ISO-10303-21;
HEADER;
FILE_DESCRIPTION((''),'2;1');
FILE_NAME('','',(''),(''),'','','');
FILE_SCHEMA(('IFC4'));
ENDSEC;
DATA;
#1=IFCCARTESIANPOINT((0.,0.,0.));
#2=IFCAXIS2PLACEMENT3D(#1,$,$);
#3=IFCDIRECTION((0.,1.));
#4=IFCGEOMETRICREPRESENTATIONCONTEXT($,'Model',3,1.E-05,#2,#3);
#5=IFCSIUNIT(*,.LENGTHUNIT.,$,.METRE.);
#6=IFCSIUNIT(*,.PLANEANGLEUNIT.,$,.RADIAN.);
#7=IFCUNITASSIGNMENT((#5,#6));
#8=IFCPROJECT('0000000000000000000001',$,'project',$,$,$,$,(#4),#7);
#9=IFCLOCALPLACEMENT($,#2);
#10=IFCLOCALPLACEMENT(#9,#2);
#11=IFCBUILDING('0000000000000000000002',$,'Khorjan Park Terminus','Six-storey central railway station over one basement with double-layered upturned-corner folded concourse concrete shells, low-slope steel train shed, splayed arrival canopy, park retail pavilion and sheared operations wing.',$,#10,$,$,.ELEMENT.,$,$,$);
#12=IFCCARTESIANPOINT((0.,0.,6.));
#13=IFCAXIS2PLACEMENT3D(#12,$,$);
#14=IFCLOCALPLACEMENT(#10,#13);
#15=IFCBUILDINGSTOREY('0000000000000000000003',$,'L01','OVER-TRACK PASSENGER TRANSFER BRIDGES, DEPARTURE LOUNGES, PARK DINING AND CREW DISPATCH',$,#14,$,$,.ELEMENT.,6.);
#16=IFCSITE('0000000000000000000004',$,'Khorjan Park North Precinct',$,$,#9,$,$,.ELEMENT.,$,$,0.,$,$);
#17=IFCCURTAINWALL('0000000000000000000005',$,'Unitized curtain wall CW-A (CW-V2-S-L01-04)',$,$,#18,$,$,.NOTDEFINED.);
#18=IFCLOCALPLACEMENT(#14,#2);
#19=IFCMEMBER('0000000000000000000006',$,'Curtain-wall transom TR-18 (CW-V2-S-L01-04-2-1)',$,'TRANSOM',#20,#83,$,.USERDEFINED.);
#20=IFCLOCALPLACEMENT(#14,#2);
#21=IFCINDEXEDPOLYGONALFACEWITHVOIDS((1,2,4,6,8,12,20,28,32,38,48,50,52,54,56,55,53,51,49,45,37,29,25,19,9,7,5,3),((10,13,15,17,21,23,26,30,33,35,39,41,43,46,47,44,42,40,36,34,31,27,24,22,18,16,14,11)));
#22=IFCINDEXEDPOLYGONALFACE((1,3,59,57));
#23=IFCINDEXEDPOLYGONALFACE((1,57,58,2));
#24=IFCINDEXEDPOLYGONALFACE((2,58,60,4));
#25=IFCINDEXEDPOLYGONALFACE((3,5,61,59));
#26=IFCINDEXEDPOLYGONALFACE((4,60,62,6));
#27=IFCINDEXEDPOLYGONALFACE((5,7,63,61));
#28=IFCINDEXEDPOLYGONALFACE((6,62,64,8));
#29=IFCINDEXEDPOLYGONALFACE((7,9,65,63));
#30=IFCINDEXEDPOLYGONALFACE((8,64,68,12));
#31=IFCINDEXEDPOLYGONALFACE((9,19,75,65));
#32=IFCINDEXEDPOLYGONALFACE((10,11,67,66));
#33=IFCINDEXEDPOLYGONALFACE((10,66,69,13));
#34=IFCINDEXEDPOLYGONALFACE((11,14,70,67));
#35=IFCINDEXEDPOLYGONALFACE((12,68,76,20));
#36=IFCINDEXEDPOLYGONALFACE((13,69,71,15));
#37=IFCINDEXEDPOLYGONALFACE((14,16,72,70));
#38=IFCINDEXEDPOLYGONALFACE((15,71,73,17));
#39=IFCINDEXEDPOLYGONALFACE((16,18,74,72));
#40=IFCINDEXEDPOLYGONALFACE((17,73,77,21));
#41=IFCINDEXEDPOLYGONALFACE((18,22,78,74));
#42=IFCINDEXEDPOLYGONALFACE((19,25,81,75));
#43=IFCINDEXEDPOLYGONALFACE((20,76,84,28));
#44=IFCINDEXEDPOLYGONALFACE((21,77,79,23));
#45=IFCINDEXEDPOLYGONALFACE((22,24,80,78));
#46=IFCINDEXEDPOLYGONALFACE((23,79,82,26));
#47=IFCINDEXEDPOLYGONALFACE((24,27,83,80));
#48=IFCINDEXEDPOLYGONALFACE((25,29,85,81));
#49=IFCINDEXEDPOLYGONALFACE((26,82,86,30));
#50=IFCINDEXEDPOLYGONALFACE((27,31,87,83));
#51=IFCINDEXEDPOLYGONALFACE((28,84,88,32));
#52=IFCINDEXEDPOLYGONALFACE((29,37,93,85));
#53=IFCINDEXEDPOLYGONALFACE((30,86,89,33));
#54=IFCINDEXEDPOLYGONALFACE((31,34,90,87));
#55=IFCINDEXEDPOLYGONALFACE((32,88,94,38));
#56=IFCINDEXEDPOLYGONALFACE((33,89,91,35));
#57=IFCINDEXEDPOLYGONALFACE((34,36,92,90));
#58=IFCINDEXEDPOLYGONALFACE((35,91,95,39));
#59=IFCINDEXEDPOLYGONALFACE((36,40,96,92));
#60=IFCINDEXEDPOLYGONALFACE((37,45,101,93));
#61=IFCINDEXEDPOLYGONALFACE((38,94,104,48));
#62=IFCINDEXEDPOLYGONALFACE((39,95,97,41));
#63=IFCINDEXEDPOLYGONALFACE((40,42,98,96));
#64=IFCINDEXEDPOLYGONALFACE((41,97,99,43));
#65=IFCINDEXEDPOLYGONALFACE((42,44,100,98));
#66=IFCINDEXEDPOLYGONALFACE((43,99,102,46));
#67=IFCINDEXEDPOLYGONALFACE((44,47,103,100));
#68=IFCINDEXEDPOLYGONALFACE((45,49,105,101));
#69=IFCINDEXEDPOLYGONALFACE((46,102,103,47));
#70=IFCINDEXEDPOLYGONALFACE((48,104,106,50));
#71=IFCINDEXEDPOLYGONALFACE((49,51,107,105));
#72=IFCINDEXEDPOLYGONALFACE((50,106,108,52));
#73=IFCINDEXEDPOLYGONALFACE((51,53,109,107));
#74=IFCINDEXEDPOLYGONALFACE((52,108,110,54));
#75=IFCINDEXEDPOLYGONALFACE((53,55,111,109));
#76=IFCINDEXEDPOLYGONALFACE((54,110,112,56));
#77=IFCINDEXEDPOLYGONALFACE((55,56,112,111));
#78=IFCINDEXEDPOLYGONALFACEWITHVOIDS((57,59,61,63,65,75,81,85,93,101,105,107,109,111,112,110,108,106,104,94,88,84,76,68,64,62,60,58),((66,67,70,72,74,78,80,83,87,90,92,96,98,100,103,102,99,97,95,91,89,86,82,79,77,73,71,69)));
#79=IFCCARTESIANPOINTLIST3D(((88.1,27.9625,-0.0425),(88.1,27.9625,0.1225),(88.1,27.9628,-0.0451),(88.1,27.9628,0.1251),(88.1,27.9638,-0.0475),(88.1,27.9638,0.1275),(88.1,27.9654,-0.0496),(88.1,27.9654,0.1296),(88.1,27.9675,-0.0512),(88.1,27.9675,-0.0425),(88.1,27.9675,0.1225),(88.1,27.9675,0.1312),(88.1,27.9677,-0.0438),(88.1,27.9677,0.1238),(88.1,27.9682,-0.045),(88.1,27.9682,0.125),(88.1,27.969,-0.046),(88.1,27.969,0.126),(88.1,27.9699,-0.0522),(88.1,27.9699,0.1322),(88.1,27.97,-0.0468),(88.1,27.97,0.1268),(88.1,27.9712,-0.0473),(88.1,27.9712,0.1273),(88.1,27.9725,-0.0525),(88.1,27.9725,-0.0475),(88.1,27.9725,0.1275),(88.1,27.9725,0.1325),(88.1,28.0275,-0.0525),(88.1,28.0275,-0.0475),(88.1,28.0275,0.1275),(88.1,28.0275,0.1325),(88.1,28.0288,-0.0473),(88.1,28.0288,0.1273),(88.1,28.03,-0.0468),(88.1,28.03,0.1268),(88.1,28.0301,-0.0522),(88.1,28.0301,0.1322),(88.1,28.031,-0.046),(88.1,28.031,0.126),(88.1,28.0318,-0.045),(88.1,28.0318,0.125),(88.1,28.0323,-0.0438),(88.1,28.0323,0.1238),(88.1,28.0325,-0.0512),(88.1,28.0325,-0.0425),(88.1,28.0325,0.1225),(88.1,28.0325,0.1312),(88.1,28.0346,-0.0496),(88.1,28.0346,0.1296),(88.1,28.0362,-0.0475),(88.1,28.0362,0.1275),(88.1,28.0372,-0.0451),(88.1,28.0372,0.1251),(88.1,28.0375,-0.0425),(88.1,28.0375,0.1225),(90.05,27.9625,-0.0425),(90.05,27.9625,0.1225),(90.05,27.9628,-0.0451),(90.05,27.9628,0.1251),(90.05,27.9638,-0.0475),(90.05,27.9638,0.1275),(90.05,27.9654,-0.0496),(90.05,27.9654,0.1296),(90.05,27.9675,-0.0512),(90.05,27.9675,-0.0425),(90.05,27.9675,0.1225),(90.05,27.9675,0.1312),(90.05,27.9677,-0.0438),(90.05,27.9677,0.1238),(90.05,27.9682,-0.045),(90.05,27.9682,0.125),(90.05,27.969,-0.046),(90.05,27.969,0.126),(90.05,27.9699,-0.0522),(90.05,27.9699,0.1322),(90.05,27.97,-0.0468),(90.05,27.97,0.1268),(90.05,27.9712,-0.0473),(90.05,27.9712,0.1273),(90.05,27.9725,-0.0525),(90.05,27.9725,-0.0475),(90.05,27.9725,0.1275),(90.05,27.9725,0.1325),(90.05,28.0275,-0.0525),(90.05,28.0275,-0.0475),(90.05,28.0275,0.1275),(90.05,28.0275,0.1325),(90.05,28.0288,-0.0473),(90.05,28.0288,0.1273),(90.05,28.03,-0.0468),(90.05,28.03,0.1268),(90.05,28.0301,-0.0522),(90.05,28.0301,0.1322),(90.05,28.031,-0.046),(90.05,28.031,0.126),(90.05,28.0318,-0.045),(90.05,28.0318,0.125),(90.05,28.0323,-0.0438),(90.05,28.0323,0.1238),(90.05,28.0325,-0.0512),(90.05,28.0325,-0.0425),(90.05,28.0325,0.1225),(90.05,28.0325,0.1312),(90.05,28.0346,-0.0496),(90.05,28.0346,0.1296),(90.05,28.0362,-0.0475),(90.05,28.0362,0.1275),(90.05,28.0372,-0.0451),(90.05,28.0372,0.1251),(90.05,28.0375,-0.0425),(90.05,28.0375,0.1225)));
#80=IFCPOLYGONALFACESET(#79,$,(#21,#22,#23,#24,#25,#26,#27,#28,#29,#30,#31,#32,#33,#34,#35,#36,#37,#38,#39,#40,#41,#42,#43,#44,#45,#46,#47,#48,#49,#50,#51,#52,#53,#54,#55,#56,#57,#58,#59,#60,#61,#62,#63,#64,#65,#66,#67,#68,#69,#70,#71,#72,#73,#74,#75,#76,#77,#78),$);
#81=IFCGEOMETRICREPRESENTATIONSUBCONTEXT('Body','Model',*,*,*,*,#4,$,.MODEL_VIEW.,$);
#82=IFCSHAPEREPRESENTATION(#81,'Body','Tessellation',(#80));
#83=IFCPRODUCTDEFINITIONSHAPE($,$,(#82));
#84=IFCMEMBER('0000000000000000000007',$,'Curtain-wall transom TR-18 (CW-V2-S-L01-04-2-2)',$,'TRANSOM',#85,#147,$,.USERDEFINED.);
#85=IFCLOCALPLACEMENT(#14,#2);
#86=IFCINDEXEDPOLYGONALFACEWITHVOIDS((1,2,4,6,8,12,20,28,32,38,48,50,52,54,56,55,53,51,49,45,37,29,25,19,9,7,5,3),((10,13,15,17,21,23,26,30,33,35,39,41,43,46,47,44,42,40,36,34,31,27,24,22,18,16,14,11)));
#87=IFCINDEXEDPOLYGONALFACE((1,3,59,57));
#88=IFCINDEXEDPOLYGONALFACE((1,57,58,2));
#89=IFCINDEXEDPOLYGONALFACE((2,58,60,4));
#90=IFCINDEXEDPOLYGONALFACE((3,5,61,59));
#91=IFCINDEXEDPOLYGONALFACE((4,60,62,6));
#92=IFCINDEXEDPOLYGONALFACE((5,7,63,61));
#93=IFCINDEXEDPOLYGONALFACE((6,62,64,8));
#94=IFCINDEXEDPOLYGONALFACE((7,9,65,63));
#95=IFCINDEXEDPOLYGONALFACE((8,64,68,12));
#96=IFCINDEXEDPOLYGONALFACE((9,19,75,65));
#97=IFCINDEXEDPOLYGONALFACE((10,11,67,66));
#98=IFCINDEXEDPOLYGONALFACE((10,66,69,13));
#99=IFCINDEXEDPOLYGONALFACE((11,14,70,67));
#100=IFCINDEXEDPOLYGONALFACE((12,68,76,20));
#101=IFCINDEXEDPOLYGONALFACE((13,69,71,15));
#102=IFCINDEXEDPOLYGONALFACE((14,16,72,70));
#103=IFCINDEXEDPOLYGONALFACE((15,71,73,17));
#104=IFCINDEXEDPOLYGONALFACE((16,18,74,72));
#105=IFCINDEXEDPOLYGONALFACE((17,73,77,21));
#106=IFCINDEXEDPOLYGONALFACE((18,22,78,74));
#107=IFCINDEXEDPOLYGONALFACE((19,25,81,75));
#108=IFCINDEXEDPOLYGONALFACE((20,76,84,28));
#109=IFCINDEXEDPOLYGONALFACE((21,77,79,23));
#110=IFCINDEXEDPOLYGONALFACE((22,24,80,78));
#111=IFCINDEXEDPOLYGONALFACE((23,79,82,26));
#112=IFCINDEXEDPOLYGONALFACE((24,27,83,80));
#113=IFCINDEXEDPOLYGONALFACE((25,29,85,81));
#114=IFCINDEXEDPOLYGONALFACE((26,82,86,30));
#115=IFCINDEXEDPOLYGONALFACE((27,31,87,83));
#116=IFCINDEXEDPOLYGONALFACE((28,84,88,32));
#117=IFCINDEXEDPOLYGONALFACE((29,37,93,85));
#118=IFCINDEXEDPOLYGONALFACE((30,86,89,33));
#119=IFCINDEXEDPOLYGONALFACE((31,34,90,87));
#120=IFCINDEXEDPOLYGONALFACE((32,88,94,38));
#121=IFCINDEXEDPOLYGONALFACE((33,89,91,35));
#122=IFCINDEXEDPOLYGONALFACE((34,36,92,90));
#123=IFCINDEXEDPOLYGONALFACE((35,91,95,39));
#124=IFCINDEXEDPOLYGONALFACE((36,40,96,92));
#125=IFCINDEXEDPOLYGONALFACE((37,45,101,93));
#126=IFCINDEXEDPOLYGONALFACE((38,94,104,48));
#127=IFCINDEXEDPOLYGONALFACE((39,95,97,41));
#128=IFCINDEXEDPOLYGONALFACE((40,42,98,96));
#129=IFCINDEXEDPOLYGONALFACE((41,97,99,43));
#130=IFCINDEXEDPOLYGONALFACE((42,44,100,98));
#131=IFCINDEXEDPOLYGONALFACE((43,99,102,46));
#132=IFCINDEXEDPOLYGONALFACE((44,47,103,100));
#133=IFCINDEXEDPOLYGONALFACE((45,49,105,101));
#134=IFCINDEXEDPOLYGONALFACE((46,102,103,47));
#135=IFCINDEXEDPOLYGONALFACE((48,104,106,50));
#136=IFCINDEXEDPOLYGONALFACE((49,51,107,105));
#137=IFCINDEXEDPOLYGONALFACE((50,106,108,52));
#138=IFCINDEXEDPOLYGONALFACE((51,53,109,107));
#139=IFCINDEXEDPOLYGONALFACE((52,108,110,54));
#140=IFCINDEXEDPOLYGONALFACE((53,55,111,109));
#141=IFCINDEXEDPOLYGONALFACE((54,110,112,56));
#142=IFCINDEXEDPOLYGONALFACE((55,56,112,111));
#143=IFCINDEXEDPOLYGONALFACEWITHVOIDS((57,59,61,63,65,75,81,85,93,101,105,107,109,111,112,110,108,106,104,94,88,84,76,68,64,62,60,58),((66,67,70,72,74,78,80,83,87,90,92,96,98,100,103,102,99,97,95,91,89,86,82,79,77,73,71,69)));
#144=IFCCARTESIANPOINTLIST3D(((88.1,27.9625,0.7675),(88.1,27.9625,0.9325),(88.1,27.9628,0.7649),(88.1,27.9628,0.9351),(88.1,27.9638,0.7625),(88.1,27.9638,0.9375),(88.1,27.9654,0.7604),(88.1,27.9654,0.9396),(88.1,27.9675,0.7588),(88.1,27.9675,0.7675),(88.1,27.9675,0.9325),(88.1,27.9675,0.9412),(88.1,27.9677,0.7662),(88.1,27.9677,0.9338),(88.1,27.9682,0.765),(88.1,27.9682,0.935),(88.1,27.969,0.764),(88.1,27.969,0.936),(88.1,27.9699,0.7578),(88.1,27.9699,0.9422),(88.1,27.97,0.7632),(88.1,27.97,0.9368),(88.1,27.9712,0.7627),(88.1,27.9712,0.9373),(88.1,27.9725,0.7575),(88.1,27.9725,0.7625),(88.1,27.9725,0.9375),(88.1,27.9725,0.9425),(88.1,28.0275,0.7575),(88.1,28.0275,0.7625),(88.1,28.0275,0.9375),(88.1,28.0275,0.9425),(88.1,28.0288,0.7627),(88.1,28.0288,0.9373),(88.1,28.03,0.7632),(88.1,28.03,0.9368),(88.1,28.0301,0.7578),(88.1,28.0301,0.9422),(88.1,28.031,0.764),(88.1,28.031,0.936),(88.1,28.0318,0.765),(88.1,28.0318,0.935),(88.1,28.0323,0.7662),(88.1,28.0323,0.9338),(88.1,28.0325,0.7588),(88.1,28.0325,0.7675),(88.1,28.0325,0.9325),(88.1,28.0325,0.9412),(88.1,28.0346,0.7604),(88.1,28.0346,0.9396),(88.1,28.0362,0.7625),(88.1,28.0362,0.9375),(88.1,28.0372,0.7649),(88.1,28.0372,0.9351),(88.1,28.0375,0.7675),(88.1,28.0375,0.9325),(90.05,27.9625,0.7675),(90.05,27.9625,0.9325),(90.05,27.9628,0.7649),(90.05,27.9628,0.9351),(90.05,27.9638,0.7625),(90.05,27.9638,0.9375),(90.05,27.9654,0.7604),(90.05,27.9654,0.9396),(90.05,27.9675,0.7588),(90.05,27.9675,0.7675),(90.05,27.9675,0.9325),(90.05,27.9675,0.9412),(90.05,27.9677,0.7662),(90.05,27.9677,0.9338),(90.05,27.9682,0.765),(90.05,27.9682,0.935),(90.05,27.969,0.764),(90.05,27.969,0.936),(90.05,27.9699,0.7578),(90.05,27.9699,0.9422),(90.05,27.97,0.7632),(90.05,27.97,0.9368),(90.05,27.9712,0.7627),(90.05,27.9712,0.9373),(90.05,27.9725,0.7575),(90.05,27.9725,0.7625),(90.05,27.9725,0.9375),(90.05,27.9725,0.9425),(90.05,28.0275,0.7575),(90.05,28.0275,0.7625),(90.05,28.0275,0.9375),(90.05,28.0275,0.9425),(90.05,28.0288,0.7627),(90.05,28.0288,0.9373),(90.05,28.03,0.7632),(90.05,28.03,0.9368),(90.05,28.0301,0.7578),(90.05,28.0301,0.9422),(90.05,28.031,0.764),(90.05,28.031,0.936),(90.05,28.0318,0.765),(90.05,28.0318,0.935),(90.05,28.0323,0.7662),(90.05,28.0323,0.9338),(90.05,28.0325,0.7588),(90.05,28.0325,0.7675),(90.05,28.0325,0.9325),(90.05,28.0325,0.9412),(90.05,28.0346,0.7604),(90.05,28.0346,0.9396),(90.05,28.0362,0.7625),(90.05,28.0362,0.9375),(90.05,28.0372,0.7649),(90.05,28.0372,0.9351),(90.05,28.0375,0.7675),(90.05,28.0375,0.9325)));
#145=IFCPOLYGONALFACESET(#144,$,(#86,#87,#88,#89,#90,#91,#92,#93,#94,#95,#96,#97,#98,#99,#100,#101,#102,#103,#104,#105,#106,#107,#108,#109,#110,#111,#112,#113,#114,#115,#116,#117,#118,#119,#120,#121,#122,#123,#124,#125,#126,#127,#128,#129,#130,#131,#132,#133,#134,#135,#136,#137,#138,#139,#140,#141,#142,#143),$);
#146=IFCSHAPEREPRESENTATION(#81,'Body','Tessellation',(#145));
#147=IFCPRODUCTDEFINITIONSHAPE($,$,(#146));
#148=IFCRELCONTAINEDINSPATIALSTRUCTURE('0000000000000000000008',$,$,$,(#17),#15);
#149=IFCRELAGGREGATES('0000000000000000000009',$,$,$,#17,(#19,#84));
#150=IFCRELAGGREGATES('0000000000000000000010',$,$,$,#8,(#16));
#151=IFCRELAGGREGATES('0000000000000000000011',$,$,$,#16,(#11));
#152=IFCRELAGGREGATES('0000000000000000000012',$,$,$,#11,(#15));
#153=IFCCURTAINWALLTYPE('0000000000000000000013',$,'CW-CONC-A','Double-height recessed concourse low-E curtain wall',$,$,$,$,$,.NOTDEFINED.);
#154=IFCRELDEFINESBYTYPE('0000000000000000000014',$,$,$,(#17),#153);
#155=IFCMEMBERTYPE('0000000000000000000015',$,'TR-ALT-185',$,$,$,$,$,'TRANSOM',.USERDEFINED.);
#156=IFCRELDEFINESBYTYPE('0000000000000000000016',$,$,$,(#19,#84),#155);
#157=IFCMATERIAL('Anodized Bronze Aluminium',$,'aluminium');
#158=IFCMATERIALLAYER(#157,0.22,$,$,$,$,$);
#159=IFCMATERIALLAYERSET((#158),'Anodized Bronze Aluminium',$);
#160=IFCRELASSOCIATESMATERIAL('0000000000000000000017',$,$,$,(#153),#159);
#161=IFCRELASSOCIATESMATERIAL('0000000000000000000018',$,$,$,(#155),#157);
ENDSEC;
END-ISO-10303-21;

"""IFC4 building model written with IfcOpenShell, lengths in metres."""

from ifc_helpers import new_model, si_unit, direction, frame, origin, origin_2d, place, context, subcontext, project, spatial, hollow_rectangle, extrude, material, layer, layer_set, material_profile, profile_set, type_object, element, aggregate, save


model = new_model("IFC4")

# Units and contexts
model_context = context("Model", 3, precision=1e-05, world=origin(), true_north=direction((0.0, 1.0)))
body_context = subcontext(model_context, "Body", "Model", "MODEL_VIEW")
ifc_project = project(units=[si_unit("LENGTHUNIT", "METRE"), si_unit("PLANEANGLEUNIT", "RADIAN")], contexts=[model_context])

# Site, building, storey
site_placement = place(None, origin())
site = spatial("IfcSite", under=ifc_project, at=site_placement, Name="Khorjan Park North Precinct", CompositionType="ELEMENT", RefElevation=0.0)
building_placement = place(site_placement, origin())
building = spatial("IfcBuilding", under=site, at=building_placement, Name="Khorjan Park Terminus", Description="Six-storey central railway station over one basement with double-layered upturned-corner folded concourse concrete shells, low-slope steel train shed, splayed arrival canopy, park retail pavilion and sheared operations wing.", CompositionType="ELEMENT")
storey_placement = place(building_placement, frame((0.0, 0.0, 6.0)))
storey = spatial("IfcBuildingStorey", under=building, at=storey_placement, Name="L01", Description="OVER-TRACK PASSENGER TRANSFER BRIDGES, DEPARTURE LOUNGES, PARK DINING AND CREW DISPATCH", CompositionType="ELEMENT", Elevation=6.0)

# Shared definitions
ifc_material_1 = material(Name="Anodized Bronze Aluminium", Category="aluminium")
ifc_layer_1 = layer(ifc_material_1, 0.22)
ifc_layer_set_1 = layer_set([ifc_layer_1], Name="Anodized Bronze Aluminium")
curtain_wall_type = type_object("IfcCurtainWallType", Name="CW-CONC-A", Description="Double-height recessed concourse low-E curtain wall", PredefinedType="NOTDEFINED", material=ifc_layer_set_1)

# Curtain wall
curtain_wall_1_placement = place(storey_placement, origin())
curtain_wall_1 = element("IfcCurtainWall", 1, at=curtain_wall_1_placement, inside=storey, type_object=curtain_wall_type, Name="Unitized curtain wall CW-A (CW-V2-S-L01-04)", PredefinedType="NOTDEFINED")

# Members
ifc_material_profile_1 = material_profile(ifc_material_1, hollow_rectangle(XDim=0.075, YDim=0.185, WallThickness=0.005, InnerFilletRadius=0.005, OuterFilletRadius=0.01, at=origin_2d()), Name="ALT 75x185x5")
ifc_profile_set_1 = profile_set([ifc_material_profile_1], Name="Anodized Bronze Aluminium")
member_type_1 = type_object("IfcMemberType", Name="TR-ALT-185", ElementType="TRANSOM", PredefinedType="USERDEFINED", material=ifc_profile_set_1)
member_1_placement = place(storey_placement, frame((88.1, 28.0, 0.04), z_axis=(1.0, 0.0, 0.0), x_axis=(0.0, 1.0, 0.0)))
member_1 = element("IfcMember", 2, at=member_1_placement, type_object=member_type_1, Name="Curtain-wall transom TR-18 (CW-V2-S-L01-04-2-1)", ObjectType="TRANSOM", PredefinedType="USERDEFINED", context=body_context, shape_type="SweptSolid", body=[
    extrude(hollow_rectangle(XDim=0.075, YDim=0.185, WallThickness=0.005, InnerFilletRadius=0.005, OuterFilletRadius=0.01, at=origin_2d()), origin(), (0.0, 0.0, 1.0), 1.95),
])
member_2_placement = place(storey_placement, frame((88.1, 28.0, 0.85), z_axis=(1.0, 0.0, 0.0), x_axis=(0.0, 1.0, 0.0)))
member_2 = element("IfcMember", 3, at=member_2_placement, type_object=member_type_1, Name="Curtain-wall transom TR-18 (CW-V2-S-L01-04-2-2)", ObjectType="TRANSOM", PredefinedType="USERDEFINED", context=body_context, shape_type="SweptSolid", body=[
    extrude(hollow_rectangle(XDim=0.075, YDim=0.185, WallThickness=0.005, InnerFilletRadius=0.005, OuterFilletRadius=0.01, at=origin_2d()), origin(), (0.0, 0.0, 1.0), 1.95),
])

aggregate(curtain_wall_1, [member_1, member_2])

save(model, "model.ifc")
